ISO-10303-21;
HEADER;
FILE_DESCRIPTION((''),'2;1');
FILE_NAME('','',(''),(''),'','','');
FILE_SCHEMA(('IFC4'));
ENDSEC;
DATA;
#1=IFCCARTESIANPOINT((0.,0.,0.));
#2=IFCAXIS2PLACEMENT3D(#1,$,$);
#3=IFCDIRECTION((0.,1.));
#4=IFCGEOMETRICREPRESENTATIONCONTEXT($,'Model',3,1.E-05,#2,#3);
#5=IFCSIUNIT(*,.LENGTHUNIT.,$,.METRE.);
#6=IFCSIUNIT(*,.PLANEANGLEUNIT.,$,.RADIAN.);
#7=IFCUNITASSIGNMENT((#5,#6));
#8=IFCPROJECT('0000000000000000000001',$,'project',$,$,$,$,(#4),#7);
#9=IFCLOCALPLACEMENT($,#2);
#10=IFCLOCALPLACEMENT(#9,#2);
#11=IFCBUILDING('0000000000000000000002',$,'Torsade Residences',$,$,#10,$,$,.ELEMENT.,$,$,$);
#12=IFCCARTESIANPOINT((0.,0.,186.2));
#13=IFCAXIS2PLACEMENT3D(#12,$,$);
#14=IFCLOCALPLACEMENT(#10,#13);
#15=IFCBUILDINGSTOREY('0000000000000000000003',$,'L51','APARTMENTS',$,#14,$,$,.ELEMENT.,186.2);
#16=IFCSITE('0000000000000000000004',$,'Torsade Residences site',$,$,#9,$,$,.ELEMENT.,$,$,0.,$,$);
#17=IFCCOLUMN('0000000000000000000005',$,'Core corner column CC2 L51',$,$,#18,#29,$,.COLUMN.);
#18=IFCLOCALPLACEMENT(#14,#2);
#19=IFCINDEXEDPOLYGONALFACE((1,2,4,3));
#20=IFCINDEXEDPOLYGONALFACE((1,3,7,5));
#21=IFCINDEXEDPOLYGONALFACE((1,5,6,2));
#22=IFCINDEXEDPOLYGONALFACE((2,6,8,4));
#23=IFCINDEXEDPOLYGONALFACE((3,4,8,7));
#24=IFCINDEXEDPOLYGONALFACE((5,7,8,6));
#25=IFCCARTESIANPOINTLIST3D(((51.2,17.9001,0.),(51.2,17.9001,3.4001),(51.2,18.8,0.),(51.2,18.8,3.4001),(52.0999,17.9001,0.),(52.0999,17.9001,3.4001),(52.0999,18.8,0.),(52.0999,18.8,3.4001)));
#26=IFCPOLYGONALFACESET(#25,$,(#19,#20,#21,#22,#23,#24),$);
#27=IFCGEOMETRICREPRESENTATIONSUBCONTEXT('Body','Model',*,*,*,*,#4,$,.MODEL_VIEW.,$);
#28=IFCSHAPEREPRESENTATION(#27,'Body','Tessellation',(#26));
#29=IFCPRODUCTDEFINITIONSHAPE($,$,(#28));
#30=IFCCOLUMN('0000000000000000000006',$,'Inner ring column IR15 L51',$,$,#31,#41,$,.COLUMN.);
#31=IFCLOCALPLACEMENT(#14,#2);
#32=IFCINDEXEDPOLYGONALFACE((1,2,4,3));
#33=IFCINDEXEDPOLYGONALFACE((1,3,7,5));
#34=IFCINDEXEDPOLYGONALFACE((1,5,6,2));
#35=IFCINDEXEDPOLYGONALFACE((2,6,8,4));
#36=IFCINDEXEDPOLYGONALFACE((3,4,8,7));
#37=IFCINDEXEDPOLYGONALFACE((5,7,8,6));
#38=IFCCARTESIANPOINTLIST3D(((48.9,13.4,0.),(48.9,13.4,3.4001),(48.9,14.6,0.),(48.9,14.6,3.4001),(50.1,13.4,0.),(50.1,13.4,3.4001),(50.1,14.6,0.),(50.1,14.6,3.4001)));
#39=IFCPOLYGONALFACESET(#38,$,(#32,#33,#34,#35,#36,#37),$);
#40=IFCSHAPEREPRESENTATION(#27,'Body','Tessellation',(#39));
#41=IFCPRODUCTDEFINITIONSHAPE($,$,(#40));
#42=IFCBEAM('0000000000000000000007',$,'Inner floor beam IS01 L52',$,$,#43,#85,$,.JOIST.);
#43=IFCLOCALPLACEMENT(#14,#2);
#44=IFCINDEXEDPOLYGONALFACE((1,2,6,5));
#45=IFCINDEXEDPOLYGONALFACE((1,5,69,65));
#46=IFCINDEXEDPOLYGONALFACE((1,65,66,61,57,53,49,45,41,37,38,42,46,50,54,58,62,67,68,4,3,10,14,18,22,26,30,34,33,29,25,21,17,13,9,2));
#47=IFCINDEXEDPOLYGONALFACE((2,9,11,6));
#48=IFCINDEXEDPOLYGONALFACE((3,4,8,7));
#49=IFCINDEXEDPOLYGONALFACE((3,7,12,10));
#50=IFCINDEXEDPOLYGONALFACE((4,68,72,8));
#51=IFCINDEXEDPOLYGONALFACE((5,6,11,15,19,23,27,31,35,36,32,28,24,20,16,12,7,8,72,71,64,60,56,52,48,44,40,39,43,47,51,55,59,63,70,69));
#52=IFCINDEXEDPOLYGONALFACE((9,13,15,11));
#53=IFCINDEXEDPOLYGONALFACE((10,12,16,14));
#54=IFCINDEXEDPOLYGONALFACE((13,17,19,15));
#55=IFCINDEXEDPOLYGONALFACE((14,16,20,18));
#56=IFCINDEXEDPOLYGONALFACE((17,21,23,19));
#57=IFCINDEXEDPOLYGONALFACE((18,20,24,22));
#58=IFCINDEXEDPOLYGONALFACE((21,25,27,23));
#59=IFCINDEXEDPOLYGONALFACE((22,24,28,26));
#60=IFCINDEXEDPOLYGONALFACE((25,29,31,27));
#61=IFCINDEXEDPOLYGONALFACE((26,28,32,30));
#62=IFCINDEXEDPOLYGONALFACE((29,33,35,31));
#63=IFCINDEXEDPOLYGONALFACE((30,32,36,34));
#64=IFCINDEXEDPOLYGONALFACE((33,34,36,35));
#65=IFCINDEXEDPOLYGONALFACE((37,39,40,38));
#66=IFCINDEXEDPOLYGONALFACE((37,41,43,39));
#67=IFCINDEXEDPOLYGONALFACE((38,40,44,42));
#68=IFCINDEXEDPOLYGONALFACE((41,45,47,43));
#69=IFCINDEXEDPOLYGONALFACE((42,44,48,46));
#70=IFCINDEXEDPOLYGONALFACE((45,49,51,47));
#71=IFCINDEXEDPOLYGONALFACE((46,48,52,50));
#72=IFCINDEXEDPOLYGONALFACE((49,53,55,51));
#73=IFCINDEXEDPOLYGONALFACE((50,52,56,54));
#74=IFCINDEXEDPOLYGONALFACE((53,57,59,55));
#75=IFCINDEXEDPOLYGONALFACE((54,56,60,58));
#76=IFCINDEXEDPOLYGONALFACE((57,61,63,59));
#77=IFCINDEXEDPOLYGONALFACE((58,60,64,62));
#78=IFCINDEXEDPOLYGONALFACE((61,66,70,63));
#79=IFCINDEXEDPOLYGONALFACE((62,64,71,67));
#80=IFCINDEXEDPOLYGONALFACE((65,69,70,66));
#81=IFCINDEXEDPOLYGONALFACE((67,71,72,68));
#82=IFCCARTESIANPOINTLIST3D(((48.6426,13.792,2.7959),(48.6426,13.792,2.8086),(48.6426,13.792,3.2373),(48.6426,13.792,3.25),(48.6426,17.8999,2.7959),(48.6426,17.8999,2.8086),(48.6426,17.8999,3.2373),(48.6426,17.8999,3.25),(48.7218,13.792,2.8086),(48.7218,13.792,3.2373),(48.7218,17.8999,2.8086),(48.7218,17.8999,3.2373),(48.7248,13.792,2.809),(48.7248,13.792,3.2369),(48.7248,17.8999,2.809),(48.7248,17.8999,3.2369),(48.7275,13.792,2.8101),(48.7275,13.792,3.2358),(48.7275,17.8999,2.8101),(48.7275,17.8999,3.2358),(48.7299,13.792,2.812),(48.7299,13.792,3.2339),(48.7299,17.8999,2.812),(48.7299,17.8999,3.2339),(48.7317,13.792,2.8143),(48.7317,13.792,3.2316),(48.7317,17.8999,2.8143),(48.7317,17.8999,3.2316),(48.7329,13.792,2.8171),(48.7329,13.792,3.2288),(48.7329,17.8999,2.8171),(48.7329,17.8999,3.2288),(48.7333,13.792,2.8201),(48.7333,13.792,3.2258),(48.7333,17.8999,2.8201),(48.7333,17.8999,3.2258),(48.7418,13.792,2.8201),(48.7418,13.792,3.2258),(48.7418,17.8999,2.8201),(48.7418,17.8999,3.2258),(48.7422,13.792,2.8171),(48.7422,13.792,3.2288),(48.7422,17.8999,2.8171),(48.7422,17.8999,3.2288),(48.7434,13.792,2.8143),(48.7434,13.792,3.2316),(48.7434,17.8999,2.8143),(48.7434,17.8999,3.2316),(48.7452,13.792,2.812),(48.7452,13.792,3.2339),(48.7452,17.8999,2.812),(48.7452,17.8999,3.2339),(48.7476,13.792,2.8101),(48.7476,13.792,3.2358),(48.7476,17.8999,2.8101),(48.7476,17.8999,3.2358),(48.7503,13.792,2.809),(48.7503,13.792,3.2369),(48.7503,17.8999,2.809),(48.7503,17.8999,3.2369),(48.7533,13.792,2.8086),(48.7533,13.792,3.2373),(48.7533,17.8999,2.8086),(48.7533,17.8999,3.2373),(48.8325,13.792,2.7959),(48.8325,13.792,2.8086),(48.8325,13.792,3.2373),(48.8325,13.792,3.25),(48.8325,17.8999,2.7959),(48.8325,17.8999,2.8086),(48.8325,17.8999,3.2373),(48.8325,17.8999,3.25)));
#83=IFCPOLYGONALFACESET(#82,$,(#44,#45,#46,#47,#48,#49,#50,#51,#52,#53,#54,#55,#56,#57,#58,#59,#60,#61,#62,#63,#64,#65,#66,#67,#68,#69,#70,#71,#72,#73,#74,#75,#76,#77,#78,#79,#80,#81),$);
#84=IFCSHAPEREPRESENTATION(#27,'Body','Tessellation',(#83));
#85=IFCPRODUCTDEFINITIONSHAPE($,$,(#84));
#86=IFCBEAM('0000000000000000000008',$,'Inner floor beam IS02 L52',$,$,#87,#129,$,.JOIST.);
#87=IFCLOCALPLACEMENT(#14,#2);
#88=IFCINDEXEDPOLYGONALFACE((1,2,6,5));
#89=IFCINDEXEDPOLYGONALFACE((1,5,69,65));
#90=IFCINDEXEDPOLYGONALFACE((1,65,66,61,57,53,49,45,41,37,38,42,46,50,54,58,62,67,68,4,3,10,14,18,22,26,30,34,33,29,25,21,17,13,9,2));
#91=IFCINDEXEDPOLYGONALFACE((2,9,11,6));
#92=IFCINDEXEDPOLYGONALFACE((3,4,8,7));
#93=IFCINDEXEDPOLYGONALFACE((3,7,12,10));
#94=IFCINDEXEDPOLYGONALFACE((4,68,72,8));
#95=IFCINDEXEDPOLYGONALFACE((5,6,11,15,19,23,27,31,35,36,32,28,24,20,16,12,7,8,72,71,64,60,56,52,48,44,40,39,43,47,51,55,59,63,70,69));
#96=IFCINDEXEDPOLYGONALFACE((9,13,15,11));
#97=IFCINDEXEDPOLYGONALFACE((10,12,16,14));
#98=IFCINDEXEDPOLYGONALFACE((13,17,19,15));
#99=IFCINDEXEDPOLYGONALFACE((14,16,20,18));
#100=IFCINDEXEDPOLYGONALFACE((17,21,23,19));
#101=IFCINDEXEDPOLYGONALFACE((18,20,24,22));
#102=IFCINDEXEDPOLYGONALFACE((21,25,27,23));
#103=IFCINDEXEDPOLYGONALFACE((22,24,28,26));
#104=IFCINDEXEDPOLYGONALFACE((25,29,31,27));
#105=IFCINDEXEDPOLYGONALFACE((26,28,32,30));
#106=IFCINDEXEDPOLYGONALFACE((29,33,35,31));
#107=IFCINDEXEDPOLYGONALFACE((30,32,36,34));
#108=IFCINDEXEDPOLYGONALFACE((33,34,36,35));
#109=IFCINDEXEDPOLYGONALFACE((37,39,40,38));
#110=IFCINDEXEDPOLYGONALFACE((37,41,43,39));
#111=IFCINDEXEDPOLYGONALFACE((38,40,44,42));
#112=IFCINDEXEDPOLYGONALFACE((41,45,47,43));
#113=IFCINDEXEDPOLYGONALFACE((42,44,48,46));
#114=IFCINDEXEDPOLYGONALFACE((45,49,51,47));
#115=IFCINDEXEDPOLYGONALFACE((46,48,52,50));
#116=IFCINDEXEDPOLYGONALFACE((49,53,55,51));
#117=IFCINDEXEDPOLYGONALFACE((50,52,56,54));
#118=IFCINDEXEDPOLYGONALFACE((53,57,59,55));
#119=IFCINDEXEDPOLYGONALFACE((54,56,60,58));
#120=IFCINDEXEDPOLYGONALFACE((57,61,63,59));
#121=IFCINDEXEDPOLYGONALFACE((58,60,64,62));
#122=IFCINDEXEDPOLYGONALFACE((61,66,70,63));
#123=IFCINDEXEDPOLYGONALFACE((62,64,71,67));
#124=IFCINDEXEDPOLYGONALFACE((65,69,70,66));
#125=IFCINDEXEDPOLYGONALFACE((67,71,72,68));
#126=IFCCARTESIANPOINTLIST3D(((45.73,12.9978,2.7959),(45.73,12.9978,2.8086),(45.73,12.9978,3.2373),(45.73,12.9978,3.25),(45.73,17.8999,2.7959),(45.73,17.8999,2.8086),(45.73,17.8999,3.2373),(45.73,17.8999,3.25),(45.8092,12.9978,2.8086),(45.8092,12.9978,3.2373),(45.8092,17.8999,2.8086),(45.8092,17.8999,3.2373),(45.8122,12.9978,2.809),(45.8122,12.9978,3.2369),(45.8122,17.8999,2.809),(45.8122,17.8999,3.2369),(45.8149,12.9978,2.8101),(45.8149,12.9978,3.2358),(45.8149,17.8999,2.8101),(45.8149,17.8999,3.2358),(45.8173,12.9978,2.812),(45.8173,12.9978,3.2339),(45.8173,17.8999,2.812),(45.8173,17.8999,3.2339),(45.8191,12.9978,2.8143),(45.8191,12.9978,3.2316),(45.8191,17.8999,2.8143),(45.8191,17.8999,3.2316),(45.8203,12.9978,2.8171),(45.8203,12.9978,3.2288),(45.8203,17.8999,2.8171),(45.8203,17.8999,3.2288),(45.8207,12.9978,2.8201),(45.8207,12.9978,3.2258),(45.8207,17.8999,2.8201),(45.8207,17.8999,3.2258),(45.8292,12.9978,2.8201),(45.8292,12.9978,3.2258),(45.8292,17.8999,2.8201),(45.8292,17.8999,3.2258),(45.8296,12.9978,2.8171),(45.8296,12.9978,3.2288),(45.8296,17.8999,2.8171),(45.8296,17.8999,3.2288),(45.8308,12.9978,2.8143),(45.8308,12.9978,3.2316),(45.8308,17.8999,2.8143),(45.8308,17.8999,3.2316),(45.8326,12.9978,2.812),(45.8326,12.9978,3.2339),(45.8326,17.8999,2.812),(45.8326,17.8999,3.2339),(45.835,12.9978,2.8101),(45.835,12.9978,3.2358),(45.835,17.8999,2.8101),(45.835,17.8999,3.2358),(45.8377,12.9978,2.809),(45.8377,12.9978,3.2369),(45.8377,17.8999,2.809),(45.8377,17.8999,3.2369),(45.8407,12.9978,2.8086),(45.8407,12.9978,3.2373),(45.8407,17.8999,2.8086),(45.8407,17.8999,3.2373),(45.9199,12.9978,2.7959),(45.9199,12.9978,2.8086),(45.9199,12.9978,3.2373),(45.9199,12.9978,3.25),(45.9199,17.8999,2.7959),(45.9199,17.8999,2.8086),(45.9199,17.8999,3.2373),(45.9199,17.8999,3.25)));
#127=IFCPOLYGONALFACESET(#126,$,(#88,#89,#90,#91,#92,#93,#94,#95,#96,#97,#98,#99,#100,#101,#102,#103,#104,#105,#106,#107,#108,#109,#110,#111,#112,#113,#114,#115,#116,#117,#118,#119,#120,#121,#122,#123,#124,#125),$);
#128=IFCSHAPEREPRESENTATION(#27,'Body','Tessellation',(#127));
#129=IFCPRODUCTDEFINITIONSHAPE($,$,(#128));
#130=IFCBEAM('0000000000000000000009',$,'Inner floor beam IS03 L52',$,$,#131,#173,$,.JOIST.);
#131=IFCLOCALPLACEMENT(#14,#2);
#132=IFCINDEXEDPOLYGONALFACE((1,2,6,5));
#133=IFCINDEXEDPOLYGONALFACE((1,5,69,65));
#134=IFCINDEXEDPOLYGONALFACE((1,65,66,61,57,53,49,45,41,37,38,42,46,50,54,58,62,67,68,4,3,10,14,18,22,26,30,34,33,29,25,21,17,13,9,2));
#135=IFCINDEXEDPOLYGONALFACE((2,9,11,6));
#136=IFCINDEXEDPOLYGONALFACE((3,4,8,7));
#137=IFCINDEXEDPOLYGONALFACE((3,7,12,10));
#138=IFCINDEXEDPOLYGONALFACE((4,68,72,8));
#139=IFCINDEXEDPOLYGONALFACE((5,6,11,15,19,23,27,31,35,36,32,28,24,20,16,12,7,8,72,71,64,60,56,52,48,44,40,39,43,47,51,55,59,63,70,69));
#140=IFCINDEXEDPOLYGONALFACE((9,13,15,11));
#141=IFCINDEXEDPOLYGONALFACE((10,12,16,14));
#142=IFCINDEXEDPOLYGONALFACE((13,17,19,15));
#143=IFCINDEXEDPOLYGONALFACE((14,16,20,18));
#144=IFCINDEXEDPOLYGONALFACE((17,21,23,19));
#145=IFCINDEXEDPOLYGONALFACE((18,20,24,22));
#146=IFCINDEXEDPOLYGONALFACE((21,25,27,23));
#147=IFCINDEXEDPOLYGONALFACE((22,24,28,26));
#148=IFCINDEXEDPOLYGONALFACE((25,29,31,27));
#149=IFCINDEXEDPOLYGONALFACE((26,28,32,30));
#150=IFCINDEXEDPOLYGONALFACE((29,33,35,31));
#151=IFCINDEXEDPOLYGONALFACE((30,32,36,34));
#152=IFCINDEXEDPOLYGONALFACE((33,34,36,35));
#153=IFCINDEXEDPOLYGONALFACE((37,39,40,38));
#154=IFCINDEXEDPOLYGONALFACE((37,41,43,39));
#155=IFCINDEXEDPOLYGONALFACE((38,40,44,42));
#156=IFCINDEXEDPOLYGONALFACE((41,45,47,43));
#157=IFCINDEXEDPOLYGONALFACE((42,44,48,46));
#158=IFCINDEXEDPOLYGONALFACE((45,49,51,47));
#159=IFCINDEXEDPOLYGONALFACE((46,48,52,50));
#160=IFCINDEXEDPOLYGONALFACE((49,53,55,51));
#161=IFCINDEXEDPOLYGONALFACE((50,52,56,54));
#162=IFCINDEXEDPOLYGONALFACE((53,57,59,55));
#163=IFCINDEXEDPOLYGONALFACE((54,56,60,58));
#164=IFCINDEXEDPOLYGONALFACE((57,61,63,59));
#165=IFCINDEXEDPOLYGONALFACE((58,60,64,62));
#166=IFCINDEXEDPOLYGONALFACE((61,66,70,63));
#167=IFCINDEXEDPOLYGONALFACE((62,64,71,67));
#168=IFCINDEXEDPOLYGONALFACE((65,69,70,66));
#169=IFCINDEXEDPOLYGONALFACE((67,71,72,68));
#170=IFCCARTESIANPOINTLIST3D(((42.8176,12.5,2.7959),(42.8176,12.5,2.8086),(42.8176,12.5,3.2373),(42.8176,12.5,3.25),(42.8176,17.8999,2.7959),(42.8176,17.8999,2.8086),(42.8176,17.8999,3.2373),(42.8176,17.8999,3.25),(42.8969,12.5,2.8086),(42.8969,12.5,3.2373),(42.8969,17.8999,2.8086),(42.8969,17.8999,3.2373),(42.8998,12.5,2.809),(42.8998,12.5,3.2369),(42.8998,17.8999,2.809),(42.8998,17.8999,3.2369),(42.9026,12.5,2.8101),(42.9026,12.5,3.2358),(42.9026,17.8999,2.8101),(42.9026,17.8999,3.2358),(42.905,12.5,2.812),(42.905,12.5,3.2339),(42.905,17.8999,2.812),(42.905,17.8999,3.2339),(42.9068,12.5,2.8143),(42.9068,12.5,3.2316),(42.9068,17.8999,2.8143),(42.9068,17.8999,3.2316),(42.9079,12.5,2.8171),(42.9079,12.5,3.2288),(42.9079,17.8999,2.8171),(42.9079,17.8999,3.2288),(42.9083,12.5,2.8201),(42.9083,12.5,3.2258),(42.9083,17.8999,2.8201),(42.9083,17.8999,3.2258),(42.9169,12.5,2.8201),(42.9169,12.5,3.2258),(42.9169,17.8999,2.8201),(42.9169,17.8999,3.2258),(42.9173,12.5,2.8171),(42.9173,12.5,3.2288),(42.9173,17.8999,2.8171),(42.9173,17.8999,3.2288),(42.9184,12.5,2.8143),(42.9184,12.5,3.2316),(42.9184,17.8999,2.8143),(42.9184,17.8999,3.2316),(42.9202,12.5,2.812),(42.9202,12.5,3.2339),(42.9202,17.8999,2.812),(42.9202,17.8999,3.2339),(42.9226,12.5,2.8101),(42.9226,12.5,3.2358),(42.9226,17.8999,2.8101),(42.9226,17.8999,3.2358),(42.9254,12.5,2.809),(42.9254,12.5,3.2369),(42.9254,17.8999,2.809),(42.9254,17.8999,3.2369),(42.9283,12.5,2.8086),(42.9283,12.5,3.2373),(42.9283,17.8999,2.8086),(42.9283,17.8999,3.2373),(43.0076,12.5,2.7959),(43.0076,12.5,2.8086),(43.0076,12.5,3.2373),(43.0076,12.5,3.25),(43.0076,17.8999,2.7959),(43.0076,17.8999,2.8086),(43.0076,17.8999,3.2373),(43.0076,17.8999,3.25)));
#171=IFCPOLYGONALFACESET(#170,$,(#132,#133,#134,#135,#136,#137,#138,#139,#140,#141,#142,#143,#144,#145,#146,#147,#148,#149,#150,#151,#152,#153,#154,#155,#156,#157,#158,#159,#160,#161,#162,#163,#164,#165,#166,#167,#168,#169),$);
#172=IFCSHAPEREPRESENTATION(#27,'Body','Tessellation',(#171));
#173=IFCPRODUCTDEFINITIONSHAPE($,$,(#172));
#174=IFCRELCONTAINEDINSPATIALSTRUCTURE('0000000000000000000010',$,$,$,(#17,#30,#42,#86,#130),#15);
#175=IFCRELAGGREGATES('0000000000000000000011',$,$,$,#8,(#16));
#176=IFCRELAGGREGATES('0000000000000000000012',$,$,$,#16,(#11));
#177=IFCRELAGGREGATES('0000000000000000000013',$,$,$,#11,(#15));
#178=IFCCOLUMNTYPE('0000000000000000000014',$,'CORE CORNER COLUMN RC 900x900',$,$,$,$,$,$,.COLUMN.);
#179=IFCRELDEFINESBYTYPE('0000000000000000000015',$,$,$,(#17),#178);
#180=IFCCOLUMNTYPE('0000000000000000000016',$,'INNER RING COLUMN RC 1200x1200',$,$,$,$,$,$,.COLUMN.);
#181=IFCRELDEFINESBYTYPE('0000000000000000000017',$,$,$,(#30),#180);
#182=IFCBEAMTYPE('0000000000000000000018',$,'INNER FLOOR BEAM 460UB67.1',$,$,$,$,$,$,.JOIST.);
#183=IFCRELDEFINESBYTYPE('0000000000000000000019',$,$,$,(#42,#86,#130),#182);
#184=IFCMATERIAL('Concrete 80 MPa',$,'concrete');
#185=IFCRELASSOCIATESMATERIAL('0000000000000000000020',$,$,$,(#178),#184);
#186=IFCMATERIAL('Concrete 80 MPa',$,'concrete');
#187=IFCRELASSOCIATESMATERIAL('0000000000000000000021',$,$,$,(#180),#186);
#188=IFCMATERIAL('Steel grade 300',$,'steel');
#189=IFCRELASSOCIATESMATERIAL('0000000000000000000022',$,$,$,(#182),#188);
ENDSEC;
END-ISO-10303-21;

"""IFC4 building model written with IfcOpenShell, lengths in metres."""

from ifc_helpers import new_model, si_unit, direction, frame, origin, origin_2d, place, context, subcontext, project, spatial, rectangle, i_section, extrude, material, material_profile, profile_set, type_object, element, save


model = new_model("IFC4")

# Units and contexts
model_context = context("Model", 3, precision=1e-05, world=origin(), true_north=direction((0.0, 1.0)))
body_context = subcontext(model_context, "Body", "Model", "MODEL_VIEW")
ifc_project = project(units=[si_unit("LENGTHUNIT", "METRE"), si_unit("PLANEANGLEUNIT", "RADIAN")], contexts=[model_context])

# Site, building, storey
site_placement = place(None, origin())
site = spatial("IfcSite", under=ifc_project, at=site_placement, Name="Torsade Residences site", CompositionType="ELEMENT", RefElevation=0.0)
building_placement = place(site_placement, origin())
building = spatial("IfcBuilding", under=site, at=building_placement, Name="Torsade Residences", CompositionType="ELEMENT")
storey_placement = place(building_placement, frame((0.0, 0.0, 186.2)))
storey = spatial("IfcBuildingStorey", under=building, at=storey_placement, Name="L51", Description="APARTMENTS", CompositionType="ELEMENT", Elevation=186.2)

# Columns
ifc_material_1 = material(Name="Concrete 80 MPa", Category="concrete")
ifc_material_profile_1 = material_profile(ifc_material_1, rectangle(XDim=0.8999, YDim=0.8999, at=origin_2d()), Name="RC 900x900")
ifc_profile_set_1 = profile_set([ifc_material_profile_1], Name="Concrete 80 MPa")
column_type_1 = type_object("IfcColumnType", Name="CORE CORNER COLUMN RC 900x900", PredefinedType="COLUMN", material=ifc_profile_set_1)
column_1_placement = place(storey_placement, frame((51.6499, 18.3501, 0.0), z_axis=(0.0, 0.0, 1.0), x_axis=(1.0, 0.0, 0.0)))
element("IfcColumn", 1, at=column_1_placement, inside=storey, type_object=column_type_1, Name="Core corner column CC2 L51", PredefinedType="COLUMN", context=body_context, shape_type="SweptSolid", body=[
    extrude(rectangle(XDim=0.8999, YDim=0.8999, at=origin_2d()), origin(), (0.0, 0.0, 1.0), 3.4001),
])
ifc_material_2 = material(Name="Concrete 80 MPa", Category="concrete")
ifc_material_profile_2 = material_profile(ifc_material_2, rectangle(XDim=1.2, YDim=1.2, at=origin_2d()), Name="RC 1200x1200")
ifc_profile_set_2 = profile_set([ifc_material_profile_2], Name="Concrete 80 MPa")
column_type_2 = type_object("IfcColumnType", Name="INNER RING COLUMN RC 1200x1200", PredefinedType="COLUMN", material=ifc_profile_set_2)
column_2_placement = place(storey_placement, frame((49.5, 14.0, 0.0), z_axis=(0.0, 0.0, 1.0), x_axis=(1.0, 0.0, 0.0)))
element("IfcColumn", 2, at=column_2_placement, inside=storey, type_object=column_type_2, Name="Inner ring column IR15 L51", PredefinedType="COLUMN", context=body_context, shape_type="SweptSolid", body=[
    extrude(rectangle(XDim=1.2, YDim=1.2, at=origin_2d()), origin(), (0.0, 0.0, 1.0), 3.4001),
])

# Beams
ifc_material_3 = material(Name="Steel grade 300", Category="steel")
ifc_material_profile_3 = material_profile(ifc_material_3, i_section(OverallWidth=0.1899, OverallDepth=0.4541, WebThickness=0.0085, FlangeThickness=0.0127, FilletRadius=0.0115, at=origin_2d()), Name="460UB67.1")
ifc_profile_set_3 = profile_set([ifc_material_profile_3], Name="Steel grade 300")
beam_type_1 = type_object("IfcBeamType", Name="INNER FLOOR BEAM 460UB67.1", PredefinedType="JOIST", material=ifc_profile_set_3)
beam_1_placement = place(storey_placement, frame((48.7375, 17.8999, 3.0229), z_axis=(0.0, -1.0, 0.0), x_axis=(1.0, 0.0, 0.0)))
element("IfcBeam", 3, at=beam_1_placement, inside=storey, type_object=beam_type_1, Name="Inner floor beam IS01 L52", PredefinedType="JOIST", context=body_context, shape_type="SweptSolid", body=[
    extrude(i_section(OverallWidth=0.1899, OverallDepth=0.4541, WebThickness=0.0085, FlangeThickness=0.0127, FilletRadius=0.0115, at=origin_2d()), origin(), (0.0, 0.0, 1.0), 4.1079),
])
beam_2_placement = place(storey_placement, frame((45.825, 17.8999, 3.0229), z_axis=(0.0, -1.0, 0.0), x_axis=(1.0, 0.0, 0.0)))
element("IfcBeam", 4, at=beam_2_placement, inside=storey, type_object=beam_type_1, Name="Inner floor beam IS02 L52", PredefinedType="JOIST", context=body_context, shape_type="SweptSolid", body=[
    extrude(i_section(OverallWidth=0.1899, OverallDepth=0.4541, WebThickness=0.0085, FlangeThickness=0.0127, FilletRadius=0.0115, at=origin_2d()), origin(), (0.0, 0.0, 1.0), 4.9021),
])
for number, where, z_axis, x_axis, name in (
    (5, (42.9126, 17.8999, 3.0229), (0.0, -1.0, 0.0), (1.0, 0.0, 0.0), "Inner floor beam IS03 L52"),
):
    element("IfcBeam", number, at=place(storey_placement, frame(where, z_axis=z_axis, x_axis=x_axis)), inside=storey, type_object=beam_type_1, Name=name, PredefinedType="JOIST", context=body_context, shape_type="SweptSolid", body=[
        extrude(i_section(OverallWidth=0.1899, OverallDepth=0.4541, WebThickness=0.0085, FlangeThickness=0.0127, FilletRadius=0.0115, at=origin_2d()), origin(), (0.0, 0.0, 1.0), 5.3999),
    ])

save(model, "model.ifc")
